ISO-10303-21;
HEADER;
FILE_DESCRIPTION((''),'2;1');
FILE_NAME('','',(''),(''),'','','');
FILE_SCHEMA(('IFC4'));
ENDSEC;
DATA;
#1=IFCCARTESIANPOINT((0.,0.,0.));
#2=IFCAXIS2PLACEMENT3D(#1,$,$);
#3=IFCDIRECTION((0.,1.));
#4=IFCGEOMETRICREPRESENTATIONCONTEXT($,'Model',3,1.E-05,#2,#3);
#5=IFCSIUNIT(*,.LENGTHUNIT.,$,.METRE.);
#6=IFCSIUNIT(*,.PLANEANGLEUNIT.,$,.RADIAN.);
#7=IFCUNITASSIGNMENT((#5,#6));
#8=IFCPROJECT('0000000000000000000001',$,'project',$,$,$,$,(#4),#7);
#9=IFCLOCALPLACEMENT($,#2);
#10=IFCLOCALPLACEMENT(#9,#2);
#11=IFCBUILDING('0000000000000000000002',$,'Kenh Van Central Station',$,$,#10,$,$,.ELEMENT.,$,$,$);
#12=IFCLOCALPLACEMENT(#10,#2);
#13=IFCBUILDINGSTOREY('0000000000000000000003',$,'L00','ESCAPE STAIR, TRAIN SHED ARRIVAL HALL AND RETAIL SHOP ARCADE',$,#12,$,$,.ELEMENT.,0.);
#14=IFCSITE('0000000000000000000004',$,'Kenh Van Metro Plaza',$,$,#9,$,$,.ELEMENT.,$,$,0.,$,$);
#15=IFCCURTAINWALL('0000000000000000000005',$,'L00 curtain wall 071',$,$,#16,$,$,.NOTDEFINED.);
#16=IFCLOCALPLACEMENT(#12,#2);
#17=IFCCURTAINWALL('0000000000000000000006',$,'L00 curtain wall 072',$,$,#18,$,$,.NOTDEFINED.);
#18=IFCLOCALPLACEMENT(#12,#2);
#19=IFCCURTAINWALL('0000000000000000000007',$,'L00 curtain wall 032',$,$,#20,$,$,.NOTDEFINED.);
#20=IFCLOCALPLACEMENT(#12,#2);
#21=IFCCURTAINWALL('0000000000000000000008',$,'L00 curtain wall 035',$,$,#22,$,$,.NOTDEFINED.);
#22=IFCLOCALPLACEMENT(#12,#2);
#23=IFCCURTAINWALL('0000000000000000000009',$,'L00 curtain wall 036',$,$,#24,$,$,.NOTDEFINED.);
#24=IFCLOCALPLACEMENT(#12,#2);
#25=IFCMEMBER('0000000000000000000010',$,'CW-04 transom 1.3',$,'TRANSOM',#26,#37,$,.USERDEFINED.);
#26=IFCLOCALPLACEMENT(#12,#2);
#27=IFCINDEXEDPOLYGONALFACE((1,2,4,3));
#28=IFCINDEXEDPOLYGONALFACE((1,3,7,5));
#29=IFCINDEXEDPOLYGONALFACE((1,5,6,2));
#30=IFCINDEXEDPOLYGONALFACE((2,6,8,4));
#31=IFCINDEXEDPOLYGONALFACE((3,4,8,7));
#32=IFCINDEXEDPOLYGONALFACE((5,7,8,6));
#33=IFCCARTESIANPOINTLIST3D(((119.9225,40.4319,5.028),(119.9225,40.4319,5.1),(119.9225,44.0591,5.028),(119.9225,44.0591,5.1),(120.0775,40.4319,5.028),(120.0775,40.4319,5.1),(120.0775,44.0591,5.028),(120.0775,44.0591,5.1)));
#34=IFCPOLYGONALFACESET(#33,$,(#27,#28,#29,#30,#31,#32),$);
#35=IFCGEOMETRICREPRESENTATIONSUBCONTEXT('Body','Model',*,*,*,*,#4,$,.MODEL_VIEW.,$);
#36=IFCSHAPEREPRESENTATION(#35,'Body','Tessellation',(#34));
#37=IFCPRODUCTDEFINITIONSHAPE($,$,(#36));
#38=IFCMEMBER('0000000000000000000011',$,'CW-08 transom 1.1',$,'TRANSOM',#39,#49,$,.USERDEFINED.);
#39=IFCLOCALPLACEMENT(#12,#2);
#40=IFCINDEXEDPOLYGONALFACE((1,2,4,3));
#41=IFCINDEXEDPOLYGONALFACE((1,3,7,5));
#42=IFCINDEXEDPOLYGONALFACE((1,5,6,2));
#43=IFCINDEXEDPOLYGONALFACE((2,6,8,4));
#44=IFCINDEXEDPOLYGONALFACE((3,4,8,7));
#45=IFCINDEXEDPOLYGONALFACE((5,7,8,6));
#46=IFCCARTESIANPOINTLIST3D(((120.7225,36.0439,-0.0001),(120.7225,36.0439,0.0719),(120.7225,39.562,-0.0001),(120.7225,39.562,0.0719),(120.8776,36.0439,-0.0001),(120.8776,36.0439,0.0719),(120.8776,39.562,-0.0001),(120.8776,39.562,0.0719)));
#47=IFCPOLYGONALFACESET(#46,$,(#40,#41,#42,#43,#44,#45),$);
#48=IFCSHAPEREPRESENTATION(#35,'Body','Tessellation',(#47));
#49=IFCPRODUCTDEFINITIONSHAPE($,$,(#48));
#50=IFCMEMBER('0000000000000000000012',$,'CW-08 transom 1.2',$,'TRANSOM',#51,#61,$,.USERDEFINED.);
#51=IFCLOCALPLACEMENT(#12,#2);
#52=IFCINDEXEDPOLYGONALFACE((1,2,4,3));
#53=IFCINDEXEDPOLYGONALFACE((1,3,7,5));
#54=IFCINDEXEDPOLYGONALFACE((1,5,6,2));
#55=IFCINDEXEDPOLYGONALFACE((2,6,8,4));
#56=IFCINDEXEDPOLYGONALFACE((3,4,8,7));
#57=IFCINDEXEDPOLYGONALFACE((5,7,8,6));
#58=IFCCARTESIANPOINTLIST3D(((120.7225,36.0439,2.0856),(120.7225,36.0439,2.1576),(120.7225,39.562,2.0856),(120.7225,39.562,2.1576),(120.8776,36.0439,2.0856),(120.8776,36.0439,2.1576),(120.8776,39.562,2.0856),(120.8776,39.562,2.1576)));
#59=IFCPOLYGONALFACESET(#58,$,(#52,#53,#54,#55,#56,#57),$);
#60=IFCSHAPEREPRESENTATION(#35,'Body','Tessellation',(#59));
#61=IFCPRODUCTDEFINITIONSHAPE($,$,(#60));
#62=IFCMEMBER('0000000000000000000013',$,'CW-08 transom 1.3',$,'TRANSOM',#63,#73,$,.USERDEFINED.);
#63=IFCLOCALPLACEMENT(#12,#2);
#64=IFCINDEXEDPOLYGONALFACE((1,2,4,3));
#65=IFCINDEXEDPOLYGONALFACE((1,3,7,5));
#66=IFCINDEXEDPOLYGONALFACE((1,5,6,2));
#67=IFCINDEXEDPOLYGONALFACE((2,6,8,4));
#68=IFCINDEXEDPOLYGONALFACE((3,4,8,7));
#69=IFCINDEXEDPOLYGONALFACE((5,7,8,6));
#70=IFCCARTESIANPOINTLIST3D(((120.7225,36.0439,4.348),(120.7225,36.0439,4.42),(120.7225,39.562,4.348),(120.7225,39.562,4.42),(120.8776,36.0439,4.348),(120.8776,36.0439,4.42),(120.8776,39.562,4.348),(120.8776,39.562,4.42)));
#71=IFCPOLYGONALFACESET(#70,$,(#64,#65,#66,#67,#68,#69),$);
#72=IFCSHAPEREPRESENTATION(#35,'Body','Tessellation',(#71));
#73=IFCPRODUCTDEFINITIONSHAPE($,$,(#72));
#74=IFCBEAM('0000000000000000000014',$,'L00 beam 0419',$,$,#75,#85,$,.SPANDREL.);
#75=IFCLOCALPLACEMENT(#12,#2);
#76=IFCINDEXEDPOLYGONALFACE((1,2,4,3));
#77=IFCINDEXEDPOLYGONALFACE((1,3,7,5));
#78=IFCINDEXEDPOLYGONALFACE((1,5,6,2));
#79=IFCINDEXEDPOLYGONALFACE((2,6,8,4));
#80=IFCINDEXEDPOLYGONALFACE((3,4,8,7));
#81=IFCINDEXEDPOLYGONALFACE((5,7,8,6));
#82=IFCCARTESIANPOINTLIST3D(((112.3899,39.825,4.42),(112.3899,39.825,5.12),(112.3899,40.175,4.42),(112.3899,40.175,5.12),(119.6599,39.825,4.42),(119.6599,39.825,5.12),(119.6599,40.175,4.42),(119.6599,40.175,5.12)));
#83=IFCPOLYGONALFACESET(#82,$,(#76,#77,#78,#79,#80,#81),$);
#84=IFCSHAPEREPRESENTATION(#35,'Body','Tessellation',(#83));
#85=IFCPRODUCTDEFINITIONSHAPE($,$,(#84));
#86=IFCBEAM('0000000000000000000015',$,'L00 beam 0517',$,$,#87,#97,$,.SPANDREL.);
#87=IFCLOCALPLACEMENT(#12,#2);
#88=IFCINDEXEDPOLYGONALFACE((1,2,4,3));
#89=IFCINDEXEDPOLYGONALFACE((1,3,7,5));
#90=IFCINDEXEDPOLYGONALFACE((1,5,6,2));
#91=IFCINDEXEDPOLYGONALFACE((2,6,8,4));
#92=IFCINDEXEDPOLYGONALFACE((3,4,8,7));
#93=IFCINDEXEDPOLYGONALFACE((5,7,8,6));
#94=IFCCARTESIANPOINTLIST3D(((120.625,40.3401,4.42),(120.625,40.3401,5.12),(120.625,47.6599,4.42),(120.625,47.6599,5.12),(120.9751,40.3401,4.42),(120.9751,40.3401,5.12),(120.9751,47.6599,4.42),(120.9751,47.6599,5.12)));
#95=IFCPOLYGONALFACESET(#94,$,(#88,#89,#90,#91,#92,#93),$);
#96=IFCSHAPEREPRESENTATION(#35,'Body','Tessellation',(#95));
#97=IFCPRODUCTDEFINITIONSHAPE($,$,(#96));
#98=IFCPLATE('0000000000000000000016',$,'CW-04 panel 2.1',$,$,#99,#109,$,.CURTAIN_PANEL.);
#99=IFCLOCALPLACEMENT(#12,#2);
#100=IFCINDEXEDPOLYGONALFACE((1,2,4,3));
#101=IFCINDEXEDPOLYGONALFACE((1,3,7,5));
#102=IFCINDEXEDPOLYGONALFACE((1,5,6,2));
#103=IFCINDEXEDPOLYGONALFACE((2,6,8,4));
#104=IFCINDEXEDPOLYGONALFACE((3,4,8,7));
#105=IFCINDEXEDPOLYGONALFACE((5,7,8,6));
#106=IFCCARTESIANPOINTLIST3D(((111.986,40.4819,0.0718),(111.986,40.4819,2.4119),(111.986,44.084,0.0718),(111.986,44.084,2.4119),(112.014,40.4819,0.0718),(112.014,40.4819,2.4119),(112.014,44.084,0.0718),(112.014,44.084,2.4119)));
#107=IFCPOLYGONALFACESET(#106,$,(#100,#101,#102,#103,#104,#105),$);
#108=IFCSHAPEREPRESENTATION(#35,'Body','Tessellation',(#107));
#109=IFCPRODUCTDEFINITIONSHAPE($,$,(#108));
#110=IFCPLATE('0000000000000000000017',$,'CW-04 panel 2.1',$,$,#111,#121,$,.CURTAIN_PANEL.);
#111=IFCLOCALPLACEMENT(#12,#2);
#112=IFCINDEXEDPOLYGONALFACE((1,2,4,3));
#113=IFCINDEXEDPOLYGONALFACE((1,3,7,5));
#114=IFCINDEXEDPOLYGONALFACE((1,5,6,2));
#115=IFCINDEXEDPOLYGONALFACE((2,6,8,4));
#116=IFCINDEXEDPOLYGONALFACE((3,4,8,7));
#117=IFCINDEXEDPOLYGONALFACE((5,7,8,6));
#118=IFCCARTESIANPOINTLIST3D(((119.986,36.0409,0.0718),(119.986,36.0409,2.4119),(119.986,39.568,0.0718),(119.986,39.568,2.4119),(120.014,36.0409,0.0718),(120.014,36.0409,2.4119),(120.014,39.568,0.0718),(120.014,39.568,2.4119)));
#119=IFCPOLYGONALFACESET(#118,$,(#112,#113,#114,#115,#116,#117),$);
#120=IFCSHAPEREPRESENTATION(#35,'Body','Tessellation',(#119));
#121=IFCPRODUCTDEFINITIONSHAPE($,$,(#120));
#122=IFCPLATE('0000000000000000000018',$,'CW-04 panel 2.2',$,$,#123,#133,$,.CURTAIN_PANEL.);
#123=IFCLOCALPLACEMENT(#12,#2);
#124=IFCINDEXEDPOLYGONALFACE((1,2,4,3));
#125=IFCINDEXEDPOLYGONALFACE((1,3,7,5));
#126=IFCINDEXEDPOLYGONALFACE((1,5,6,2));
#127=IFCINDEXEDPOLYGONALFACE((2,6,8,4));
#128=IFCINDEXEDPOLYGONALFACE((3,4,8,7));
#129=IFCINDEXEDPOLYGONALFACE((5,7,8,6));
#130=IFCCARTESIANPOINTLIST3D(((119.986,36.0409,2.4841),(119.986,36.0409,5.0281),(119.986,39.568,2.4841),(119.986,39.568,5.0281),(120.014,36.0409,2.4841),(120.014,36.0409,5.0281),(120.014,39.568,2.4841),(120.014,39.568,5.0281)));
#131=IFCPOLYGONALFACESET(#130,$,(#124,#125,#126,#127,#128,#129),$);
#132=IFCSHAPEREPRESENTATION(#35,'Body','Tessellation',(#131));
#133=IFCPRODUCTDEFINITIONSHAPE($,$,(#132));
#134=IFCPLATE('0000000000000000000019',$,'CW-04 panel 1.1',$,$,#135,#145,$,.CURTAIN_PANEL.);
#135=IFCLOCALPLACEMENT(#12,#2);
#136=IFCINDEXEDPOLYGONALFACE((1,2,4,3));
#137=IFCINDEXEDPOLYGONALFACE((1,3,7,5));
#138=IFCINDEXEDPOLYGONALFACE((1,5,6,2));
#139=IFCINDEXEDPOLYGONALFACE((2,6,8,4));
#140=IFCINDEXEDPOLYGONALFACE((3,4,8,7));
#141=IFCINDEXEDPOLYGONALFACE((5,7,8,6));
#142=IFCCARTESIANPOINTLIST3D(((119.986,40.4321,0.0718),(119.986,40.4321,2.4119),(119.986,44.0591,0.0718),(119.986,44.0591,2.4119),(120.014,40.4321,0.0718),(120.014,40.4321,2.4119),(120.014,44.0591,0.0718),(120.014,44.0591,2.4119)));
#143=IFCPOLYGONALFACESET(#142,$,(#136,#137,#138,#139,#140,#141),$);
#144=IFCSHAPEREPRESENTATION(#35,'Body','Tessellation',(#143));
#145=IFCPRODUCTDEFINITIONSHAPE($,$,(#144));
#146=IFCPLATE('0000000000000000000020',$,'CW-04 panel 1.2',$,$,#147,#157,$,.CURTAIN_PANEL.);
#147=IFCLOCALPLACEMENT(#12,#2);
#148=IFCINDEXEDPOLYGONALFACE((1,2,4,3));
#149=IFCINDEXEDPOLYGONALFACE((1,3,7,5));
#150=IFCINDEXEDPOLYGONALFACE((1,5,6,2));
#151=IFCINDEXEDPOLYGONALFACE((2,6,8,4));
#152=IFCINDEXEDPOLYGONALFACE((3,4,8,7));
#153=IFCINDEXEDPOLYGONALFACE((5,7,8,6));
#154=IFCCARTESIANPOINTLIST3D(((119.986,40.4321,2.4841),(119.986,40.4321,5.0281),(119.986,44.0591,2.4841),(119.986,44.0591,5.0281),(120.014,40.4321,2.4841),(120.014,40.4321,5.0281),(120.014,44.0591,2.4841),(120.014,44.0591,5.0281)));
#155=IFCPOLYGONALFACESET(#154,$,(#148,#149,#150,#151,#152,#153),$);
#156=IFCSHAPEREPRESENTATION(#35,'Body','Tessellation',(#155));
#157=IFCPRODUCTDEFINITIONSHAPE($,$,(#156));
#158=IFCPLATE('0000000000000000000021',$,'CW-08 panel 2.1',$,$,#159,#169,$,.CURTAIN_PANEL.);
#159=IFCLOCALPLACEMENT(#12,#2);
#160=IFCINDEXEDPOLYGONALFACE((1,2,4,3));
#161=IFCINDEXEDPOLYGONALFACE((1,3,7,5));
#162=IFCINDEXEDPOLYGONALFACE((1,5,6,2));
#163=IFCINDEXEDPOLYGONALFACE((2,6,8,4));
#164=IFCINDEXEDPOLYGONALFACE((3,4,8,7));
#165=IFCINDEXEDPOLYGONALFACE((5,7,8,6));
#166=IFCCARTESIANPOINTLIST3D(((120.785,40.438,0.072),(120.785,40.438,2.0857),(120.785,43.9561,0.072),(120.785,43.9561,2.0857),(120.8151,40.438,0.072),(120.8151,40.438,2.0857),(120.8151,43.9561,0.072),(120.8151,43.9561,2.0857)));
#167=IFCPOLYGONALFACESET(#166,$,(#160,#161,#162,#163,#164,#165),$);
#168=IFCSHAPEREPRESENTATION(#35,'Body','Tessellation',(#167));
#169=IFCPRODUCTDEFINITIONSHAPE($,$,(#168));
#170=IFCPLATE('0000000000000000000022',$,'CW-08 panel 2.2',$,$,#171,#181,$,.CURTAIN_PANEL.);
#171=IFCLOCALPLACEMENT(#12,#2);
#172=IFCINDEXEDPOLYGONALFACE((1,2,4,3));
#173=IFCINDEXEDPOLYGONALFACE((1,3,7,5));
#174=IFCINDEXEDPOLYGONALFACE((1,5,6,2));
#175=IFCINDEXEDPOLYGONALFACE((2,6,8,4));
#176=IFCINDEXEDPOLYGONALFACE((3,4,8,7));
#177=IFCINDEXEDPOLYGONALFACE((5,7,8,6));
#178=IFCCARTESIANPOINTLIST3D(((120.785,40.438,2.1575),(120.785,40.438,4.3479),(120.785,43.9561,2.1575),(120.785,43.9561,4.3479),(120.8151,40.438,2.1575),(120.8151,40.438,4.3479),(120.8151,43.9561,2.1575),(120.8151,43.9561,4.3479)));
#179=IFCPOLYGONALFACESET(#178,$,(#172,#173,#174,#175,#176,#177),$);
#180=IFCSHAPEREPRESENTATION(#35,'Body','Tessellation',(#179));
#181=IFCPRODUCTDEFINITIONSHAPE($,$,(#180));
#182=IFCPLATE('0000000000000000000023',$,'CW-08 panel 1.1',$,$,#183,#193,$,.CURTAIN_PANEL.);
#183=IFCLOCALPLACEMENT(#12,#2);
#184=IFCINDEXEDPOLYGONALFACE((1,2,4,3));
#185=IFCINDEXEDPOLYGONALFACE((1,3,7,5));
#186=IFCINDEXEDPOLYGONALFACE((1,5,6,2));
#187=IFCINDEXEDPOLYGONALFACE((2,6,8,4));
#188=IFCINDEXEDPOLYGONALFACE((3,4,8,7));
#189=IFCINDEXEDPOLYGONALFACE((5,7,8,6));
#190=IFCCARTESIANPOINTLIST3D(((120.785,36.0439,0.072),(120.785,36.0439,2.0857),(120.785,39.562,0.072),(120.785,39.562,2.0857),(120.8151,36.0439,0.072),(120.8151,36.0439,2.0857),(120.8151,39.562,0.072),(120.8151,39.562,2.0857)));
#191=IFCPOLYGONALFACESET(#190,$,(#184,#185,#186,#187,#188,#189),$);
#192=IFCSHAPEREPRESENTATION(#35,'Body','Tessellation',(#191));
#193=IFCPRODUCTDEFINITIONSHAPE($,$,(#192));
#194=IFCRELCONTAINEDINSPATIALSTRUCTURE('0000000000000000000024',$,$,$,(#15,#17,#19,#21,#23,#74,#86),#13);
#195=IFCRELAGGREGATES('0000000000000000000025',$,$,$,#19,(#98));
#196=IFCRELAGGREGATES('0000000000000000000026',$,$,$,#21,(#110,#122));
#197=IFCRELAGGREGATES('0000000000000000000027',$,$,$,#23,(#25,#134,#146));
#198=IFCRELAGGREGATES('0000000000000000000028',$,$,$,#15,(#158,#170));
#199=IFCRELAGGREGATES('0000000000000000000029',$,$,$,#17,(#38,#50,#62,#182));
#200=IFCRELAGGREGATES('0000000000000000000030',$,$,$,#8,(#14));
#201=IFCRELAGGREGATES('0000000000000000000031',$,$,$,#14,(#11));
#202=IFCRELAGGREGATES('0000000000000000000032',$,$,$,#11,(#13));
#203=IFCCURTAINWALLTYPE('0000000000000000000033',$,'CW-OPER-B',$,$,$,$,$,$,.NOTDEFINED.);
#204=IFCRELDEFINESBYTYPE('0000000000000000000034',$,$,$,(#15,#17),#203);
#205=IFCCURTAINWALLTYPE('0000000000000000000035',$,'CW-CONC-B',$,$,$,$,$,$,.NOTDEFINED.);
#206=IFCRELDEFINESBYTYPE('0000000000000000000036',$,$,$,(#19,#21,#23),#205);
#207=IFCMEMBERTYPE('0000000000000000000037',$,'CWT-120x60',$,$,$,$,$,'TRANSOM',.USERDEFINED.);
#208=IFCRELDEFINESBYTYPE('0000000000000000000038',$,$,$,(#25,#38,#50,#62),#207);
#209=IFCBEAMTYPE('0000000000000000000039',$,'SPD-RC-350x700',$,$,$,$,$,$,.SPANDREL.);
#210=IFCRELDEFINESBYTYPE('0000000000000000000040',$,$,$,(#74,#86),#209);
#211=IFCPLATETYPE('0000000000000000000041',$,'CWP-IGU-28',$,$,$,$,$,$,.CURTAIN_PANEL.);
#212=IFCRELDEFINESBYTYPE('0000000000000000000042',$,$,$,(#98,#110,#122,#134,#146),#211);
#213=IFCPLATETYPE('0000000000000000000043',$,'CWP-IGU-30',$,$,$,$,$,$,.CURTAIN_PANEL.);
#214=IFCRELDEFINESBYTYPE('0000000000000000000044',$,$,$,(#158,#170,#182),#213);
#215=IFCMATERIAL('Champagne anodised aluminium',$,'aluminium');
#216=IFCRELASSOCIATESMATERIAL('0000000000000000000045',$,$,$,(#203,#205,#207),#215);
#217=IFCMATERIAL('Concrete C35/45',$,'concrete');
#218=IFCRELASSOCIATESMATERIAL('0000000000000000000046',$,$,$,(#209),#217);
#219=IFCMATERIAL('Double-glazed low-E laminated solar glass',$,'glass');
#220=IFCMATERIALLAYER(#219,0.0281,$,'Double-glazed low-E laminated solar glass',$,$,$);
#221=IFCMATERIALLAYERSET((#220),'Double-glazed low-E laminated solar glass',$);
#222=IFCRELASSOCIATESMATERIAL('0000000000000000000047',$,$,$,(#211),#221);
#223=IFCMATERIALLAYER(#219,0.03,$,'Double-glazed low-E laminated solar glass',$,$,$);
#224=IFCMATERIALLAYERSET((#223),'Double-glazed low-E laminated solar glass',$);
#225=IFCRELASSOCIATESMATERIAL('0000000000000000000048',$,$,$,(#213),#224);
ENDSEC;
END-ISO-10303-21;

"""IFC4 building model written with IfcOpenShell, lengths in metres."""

from ifc_helpers import new_model, si_unit, direction, frame, origin, origin_2d, place, context, subcontext, project, spatial, rectangle, extrude, material, layer, layer_set, material_profile, profile_set, type_object, element, aggregate, save


model = new_model("IFC4")

# Units and contexts
model_context = context("Model", 3, precision=1e-05, world=origin(), true_north=direction((0.0, 1.0)))
body_context = subcontext(model_context, "Body", "Model", "MODEL_VIEW")
ifc_project = project(units=[si_unit("LENGTHUNIT", "METRE"), si_unit("PLANEANGLEUNIT", "RADIAN")], contexts=[model_context])

# Site, building, storey
site_placement = place(None, origin())
site = spatial("IfcSite", under=ifc_project, at=site_placement, Name="Kenh Van Metro Plaza", CompositionType="ELEMENT", RefElevation=0.0)
building_placement = place(site_placement, origin())
building = spatial("IfcBuilding", under=site, at=building_placement, Name="Kenh Van Central Station", CompositionType="ELEMENT")
storey_placement = place(building_placement, origin())
storey = spatial("IfcBuildingStorey", under=building, at=storey_placement, Name="L00", Description="ESCAPE STAIR, TRAIN SHED ARRIVAL HALL AND RETAIL SHOP ARCADE", CompositionType="ELEMENT", Elevation=0.0)

# Shared definitions
ifc_material_1 = material(Name="Concrete C35/45", Category="concrete")

# Curtain walls
ifc_material_2 = material(Name="Champagne anodised aluminium", Category="aluminium")
curtain_wall_type_1 = type_object("IfcCurtainWallType", Name="CW-OPER-B", PredefinedType="NOTDEFINED", material=ifc_material_2)
curtain_wall_1_placement = place(storey_placement, origin())
curtain_wall_1 = element("IfcCurtainWall", 1, at=curtain_wall_1_placement, inside=storey, type_object=curtain_wall_type_1, Name="L00 curtain wall 071", PredefinedType="NOTDEFINED")
curtain_wall_2_placement = place(storey_placement, origin())
curtain_wall_2 = element("IfcCurtainWall", 2, at=curtain_wall_2_placement, inside=storey, type_object=curtain_wall_type_1, Name="L00 curtain wall 072", PredefinedType="NOTDEFINED")
curtain_wall_type_2 = type_object("IfcCurtainWallType", Name="CW-CONC-B", PredefinedType="NOTDEFINED", material=ifc_material_2)
curtain_wall_3_placement = place(storey_placement, origin())
curtain_wall_3 = element("IfcCurtainWall", 3, at=curtain_wall_3_placement, inside=storey, type_object=curtain_wall_type_2, Name="L00 curtain wall 032", PredefinedType="NOTDEFINED")
curtain_wall_4_placement = place(storey_placement, origin())
curtain_wall_4 = element("IfcCurtainWall", 4, at=curtain_wall_4_placement, inside=storey, type_object=curtain_wall_type_2, Name="L00 curtain wall 035", PredefinedType="NOTDEFINED")
curtain_wall_5_placement = place(storey_placement, origin())
curtain_wall_5 = element("IfcCurtainWall", 5, at=curtain_wall_5_placement, inside=storey, type_object=curtain_wall_type_2, Name="L00 curtain wall 036", PredefinedType="NOTDEFINED")

# Members
ifc_material_profile_1 = material_profile(ifc_material_2, rectangle(XDim=0.155, YDim=0.072, at=origin_2d()), Name="AL 155x72")
ifc_profile_set_1 = profile_set([ifc_material_profile_1], Name="Champagne anodised aluminium")
member_type_1 = type_object("IfcMemberType", Name="CWT-120x60", ElementType="TRANSOM", PredefinedType="USERDEFINED", material=ifc_profile_set_1)
member_1_placement = place(storey_placement, frame((120.0, 40.4319, 5.064), z_axis=(0.0, 1.0, 0.0), x_axis=(-1.0, 0.0, 0.0)))
member_1 = element("IfcMember", 6, at=member_1_placement, type_object=member_type_1, Name="CW-04 transom 1.3", ObjectType="TRANSOM", PredefinedType="USERDEFINED", context=body_context, shape_type="SweptSolid", body=[
    extrude(rectangle(XDim=0.155, YDim=0.072, at=origin_2d()), origin(), (0.0, 0.0, 1.0), 3.6272),
])
member_2_placement = place(storey_placement, frame((120.8, 39.562, 0.0359), z_axis=(0.0, -1.0, 0.0), x_axis=(1.0, 0.0, 0.0)))
member_2 = element("IfcMember", 7, at=member_2_placement, type_object=member_type_1, Name="CW-08 transom 1.1", ObjectType="TRANSOM", PredefinedType="USERDEFINED", context=body_context, shape_type="SweptSolid", body=[
    extrude(rectangle(XDim=0.155, YDim=0.072, at=origin_2d()), origin(), (0.0, 0.0, 1.0), 3.5181),
])
member_3_placement = place(storey_placement, frame((120.8, 39.562, 2.1216), z_axis=(0.0, -1.0, 0.0), x_axis=(1.0, 0.0, 0.0)))
member_3 = element("IfcMember", 8, at=member_3_placement, type_object=member_type_1, Name="CW-08 transom 1.2", ObjectType="TRANSOM", PredefinedType="USERDEFINED", context=body_context, shape_type="SweptSolid", body=[
    extrude(rectangle(XDim=0.155, YDim=0.072, at=origin_2d()), origin(), (0.0, 0.0, 1.0), 3.5181),
])
member_4_placement = place(storey_placement, frame((120.8, 39.562, 4.384), z_axis=(0.0, -1.0, 0.0), x_axis=(1.0, 0.0, 0.0)))
member_4 = element("IfcMember", 9, at=member_4_placement, type_object=member_type_1, Name="CW-08 transom 1.3", ObjectType="TRANSOM", PredefinedType="USERDEFINED", context=body_context, shape_type="SweptSolid", body=[
    extrude(rectangle(XDim=0.155, YDim=0.072, at=origin_2d()), origin(), (0.0, 0.0, 1.0), 3.5181),
])

# Beams
ifc_material_profile_2 = material_profile(ifc_material_1, rectangle(XDim=0.3501, YDim=0.7, at=origin_2d()), Name="RC 350x700")
ifc_profile_set_2 = profile_set([ifc_material_profile_2], Name="Concrete C35/45")
beam_type_1 = type_object("IfcBeamType", Name="SPD-RC-350x700", PredefinedType="SPANDREL", material=ifc_profile_set_2)
beam_1_placement = place(storey_placement, frame((112.3899, 40.0, 4.77), z_axis=(1.0, 0.0, 0.0), x_axis=(0.0, 1.0, 0.0)))
element("IfcBeam", 10, at=beam_1_placement, inside=storey, type_object=beam_type_1, Name="L00 beam 0419", PredefinedType="SPANDREL", context=body_context, shape_type="SweptSolid", body=[
    extrude(rectangle(XDim=0.3501, YDim=0.7, at=origin_2d()), origin(), (0.0, 0.0, 1.0), 7.27),
])
beam_2_placement = place(storey_placement, frame((120.8, 40.3401, 4.77), z_axis=(0.0, 1.0, 0.0), x_axis=(-1.0, 0.0, 0.0)))
element("IfcBeam", 11, at=beam_2_placement, inside=storey, type_object=beam_type_1, Name="L00 beam 0517", PredefinedType="SPANDREL", context=body_context, shape_type="SweptSolid", body=[
    extrude(rectangle(XDim=0.3501, YDim=0.7, at=origin_2d()), origin(), (0.0, 0.0, 1.0), 7.3198),
])

# Plates
ifc_material_3 = material(Name="Double-glazed low-E laminated solar glass", Category="glass")
ifc_layer_1 = layer(ifc_material_3, 0.0281, Name="Double-glazed low-E laminated solar glass")
ifc_layer_set_1 = layer_set([ifc_layer_1], Name="Double-glazed low-E laminated solar glass")
plate_type_1 = type_object("IfcPlateType", Name="CWP-IGU-28", PredefinedType="CURTAIN_PANEL", material=ifc_layer_set_1)
plate_1_placement = place(storey_placement, frame((112.0, 42.283, 0.0718), z_axis=(0.0, 0.0, 1.0), x_axis=(0.0, -1.0, 0.0)))
plate_1 = element("IfcPlate", 12, at=plate_1_placement, type_object=plate_type_1, Name="CW-04 panel 2.1", PredefinedType="CURTAIN_PANEL", context=body_context, shape_type="SweptSolid", body=[
    extrude(rectangle(XDim=3.6021, YDim=0.0281, at=origin_2d()), origin(), (0.0, 0.0, 1.0), 2.3401),
])
aggregate(curtain_wall_3, [plate_1])
plate_2_placement = place(storey_placement, frame((120.0, 37.8044, 0.0718), z_axis=(0.0, 0.0, 1.0), x_axis=(0.0, 1.0, 0.0)))
plate_2 = element("IfcPlate", 13, at=plate_2_placement, type_object=plate_type_1, Name="CW-04 panel 2.1", PredefinedType="CURTAIN_PANEL", context=body_context, shape_type="SweptSolid", body=[
    extrude(rectangle(XDim=3.5271, YDim=0.0281, at=origin_2d()), origin(), (0.0, 0.0, 1.0), 2.3401),
])
plate_3_placement = place(storey_placement, frame((120.0, 37.8044, 2.4841), z_axis=(0.0, 0.0, 1.0), x_axis=(0.0, 1.0, 0.0)))
plate_3 = element("IfcPlate", 14, at=plate_3_placement, type_object=plate_type_1, Name="CW-04 panel 2.2", PredefinedType="CURTAIN_PANEL", context=body_context, shape_type="SweptSolid", body=[
    extrude(rectangle(XDim=3.5271, YDim=0.0281, at=origin_2d()), origin(), (0.0, 0.0, 1.0), 2.5439),
])
aggregate(curtain_wall_4, [plate_2, plate_3])
plate_4_placement = place(storey_placement, frame((120.0, 42.2456, 0.0718), z_axis=(0.0, 0.0, 1.0), x_axis=(0.0, 1.0, 0.0)))
plate_4 = element("IfcPlate", 15, at=plate_4_placement, type_object=plate_type_1, Name="CW-04 panel 1.1", PredefinedType="CURTAIN_PANEL", context=body_context, shape_type="SweptSolid", body=[
    extrude(rectangle(XDim=3.627, YDim=0.0281, at=origin_2d()), origin(), (0.0, 0.0, 1.0), 2.3401),
])
plate_5_placement = place(storey_placement, frame((120.0, 42.2456, 2.4841), z_axis=(0.0, 0.0, 1.0), x_axis=(0.0, 1.0, 0.0)))
plate_5 = element("IfcPlate", 16, at=plate_5_placement, type_object=plate_type_1, Name="CW-04 panel 1.2", PredefinedType="CURTAIN_PANEL", context=body_context, shape_type="SweptSolid", body=[
    extrude(rectangle(XDim=3.627, YDim=0.0281, at=origin_2d()), origin(), (0.0, 0.0, 1.0), 2.5439),
])
aggregate(curtain_wall_5, [member_1, plate_4, plate_5])
ifc_layer_2 = layer(ifc_material_3, 0.03, Name="Double-glazed low-E laminated solar glass")
ifc_layer_set_2 = layer_set([ifc_layer_2], Name="Double-glazed low-E laminated solar glass")
plate_type_2 = type_object("IfcPlateType", Name="CWP-IGU-30", PredefinedType="CURTAIN_PANEL", material=ifc_layer_set_2)
plate_6_placement = place(storey_placement, frame((120.8, 42.197, 0.072), z_axis=(0.0, 0.0, 1.0), x_axis=(0.0, -1.0, 0.0)))
plate_6 = element("IfcPlate", 17, at=plate_6_placement, type_object=plate_type_2, Name="CW-08 panel 2.1", PredefinedType="CURTAIN_PANEL", context=body_context, shape_type="SweptSolid", body=[
    extrude(rectangle(XDim=3.5181, YDim=0.03, at=origin_2d()), origin(), (0.0, 0.0, 1.0), 2.0137),
])
plate_7_placement = place(storey_placement, frame((120.8, 42.197, 2.1575), z_axis=(0.0, 0.0, 1.0), x_axis=(0.0, -1.0, 0.0)))
plate_7 = element("IfcPlate", 18, at=plate_7_placement, type_object=plate_type_2, Name="CW-08 panel 2.2", PredefinedType="CURTAIN_PANEL", context=body_context, shape_type="SweptSolid", body=[
    extrude(rectangle(XDim=3.5181, YDim=0.03, at=origin_2d()), origin(), (0.0, 0.0, 1.0), 2.1904),
])
aggregate(curtain_wall_1, [plate_6, plate_7])
plate_8_placement = place(storey_placement, frame((120.8, 37.803, 0.072), z_axis=(0.0, 0.0, 1.0), x_axis=(0.0, -1.0, 0.0)))
plate_8 = element("IfcPlate", 19, at=plate_8_placement, type_object=plate_type_2, Name="CW-08 panel 1.1", PredefinedType="CURTAIN_PANEL", context=body_context, shape_type="SweptSolid", body=[
    extrude(rectangle(XDim=3.5181, YDim=0.03, at=origin_2d()), origin(), (0.0, 0.0, 1.0), 2.0137),
])
aggregate(curtain_wall_2, [member_2, member_3, member_4, plate_8])

save(model, "model.ifc")
